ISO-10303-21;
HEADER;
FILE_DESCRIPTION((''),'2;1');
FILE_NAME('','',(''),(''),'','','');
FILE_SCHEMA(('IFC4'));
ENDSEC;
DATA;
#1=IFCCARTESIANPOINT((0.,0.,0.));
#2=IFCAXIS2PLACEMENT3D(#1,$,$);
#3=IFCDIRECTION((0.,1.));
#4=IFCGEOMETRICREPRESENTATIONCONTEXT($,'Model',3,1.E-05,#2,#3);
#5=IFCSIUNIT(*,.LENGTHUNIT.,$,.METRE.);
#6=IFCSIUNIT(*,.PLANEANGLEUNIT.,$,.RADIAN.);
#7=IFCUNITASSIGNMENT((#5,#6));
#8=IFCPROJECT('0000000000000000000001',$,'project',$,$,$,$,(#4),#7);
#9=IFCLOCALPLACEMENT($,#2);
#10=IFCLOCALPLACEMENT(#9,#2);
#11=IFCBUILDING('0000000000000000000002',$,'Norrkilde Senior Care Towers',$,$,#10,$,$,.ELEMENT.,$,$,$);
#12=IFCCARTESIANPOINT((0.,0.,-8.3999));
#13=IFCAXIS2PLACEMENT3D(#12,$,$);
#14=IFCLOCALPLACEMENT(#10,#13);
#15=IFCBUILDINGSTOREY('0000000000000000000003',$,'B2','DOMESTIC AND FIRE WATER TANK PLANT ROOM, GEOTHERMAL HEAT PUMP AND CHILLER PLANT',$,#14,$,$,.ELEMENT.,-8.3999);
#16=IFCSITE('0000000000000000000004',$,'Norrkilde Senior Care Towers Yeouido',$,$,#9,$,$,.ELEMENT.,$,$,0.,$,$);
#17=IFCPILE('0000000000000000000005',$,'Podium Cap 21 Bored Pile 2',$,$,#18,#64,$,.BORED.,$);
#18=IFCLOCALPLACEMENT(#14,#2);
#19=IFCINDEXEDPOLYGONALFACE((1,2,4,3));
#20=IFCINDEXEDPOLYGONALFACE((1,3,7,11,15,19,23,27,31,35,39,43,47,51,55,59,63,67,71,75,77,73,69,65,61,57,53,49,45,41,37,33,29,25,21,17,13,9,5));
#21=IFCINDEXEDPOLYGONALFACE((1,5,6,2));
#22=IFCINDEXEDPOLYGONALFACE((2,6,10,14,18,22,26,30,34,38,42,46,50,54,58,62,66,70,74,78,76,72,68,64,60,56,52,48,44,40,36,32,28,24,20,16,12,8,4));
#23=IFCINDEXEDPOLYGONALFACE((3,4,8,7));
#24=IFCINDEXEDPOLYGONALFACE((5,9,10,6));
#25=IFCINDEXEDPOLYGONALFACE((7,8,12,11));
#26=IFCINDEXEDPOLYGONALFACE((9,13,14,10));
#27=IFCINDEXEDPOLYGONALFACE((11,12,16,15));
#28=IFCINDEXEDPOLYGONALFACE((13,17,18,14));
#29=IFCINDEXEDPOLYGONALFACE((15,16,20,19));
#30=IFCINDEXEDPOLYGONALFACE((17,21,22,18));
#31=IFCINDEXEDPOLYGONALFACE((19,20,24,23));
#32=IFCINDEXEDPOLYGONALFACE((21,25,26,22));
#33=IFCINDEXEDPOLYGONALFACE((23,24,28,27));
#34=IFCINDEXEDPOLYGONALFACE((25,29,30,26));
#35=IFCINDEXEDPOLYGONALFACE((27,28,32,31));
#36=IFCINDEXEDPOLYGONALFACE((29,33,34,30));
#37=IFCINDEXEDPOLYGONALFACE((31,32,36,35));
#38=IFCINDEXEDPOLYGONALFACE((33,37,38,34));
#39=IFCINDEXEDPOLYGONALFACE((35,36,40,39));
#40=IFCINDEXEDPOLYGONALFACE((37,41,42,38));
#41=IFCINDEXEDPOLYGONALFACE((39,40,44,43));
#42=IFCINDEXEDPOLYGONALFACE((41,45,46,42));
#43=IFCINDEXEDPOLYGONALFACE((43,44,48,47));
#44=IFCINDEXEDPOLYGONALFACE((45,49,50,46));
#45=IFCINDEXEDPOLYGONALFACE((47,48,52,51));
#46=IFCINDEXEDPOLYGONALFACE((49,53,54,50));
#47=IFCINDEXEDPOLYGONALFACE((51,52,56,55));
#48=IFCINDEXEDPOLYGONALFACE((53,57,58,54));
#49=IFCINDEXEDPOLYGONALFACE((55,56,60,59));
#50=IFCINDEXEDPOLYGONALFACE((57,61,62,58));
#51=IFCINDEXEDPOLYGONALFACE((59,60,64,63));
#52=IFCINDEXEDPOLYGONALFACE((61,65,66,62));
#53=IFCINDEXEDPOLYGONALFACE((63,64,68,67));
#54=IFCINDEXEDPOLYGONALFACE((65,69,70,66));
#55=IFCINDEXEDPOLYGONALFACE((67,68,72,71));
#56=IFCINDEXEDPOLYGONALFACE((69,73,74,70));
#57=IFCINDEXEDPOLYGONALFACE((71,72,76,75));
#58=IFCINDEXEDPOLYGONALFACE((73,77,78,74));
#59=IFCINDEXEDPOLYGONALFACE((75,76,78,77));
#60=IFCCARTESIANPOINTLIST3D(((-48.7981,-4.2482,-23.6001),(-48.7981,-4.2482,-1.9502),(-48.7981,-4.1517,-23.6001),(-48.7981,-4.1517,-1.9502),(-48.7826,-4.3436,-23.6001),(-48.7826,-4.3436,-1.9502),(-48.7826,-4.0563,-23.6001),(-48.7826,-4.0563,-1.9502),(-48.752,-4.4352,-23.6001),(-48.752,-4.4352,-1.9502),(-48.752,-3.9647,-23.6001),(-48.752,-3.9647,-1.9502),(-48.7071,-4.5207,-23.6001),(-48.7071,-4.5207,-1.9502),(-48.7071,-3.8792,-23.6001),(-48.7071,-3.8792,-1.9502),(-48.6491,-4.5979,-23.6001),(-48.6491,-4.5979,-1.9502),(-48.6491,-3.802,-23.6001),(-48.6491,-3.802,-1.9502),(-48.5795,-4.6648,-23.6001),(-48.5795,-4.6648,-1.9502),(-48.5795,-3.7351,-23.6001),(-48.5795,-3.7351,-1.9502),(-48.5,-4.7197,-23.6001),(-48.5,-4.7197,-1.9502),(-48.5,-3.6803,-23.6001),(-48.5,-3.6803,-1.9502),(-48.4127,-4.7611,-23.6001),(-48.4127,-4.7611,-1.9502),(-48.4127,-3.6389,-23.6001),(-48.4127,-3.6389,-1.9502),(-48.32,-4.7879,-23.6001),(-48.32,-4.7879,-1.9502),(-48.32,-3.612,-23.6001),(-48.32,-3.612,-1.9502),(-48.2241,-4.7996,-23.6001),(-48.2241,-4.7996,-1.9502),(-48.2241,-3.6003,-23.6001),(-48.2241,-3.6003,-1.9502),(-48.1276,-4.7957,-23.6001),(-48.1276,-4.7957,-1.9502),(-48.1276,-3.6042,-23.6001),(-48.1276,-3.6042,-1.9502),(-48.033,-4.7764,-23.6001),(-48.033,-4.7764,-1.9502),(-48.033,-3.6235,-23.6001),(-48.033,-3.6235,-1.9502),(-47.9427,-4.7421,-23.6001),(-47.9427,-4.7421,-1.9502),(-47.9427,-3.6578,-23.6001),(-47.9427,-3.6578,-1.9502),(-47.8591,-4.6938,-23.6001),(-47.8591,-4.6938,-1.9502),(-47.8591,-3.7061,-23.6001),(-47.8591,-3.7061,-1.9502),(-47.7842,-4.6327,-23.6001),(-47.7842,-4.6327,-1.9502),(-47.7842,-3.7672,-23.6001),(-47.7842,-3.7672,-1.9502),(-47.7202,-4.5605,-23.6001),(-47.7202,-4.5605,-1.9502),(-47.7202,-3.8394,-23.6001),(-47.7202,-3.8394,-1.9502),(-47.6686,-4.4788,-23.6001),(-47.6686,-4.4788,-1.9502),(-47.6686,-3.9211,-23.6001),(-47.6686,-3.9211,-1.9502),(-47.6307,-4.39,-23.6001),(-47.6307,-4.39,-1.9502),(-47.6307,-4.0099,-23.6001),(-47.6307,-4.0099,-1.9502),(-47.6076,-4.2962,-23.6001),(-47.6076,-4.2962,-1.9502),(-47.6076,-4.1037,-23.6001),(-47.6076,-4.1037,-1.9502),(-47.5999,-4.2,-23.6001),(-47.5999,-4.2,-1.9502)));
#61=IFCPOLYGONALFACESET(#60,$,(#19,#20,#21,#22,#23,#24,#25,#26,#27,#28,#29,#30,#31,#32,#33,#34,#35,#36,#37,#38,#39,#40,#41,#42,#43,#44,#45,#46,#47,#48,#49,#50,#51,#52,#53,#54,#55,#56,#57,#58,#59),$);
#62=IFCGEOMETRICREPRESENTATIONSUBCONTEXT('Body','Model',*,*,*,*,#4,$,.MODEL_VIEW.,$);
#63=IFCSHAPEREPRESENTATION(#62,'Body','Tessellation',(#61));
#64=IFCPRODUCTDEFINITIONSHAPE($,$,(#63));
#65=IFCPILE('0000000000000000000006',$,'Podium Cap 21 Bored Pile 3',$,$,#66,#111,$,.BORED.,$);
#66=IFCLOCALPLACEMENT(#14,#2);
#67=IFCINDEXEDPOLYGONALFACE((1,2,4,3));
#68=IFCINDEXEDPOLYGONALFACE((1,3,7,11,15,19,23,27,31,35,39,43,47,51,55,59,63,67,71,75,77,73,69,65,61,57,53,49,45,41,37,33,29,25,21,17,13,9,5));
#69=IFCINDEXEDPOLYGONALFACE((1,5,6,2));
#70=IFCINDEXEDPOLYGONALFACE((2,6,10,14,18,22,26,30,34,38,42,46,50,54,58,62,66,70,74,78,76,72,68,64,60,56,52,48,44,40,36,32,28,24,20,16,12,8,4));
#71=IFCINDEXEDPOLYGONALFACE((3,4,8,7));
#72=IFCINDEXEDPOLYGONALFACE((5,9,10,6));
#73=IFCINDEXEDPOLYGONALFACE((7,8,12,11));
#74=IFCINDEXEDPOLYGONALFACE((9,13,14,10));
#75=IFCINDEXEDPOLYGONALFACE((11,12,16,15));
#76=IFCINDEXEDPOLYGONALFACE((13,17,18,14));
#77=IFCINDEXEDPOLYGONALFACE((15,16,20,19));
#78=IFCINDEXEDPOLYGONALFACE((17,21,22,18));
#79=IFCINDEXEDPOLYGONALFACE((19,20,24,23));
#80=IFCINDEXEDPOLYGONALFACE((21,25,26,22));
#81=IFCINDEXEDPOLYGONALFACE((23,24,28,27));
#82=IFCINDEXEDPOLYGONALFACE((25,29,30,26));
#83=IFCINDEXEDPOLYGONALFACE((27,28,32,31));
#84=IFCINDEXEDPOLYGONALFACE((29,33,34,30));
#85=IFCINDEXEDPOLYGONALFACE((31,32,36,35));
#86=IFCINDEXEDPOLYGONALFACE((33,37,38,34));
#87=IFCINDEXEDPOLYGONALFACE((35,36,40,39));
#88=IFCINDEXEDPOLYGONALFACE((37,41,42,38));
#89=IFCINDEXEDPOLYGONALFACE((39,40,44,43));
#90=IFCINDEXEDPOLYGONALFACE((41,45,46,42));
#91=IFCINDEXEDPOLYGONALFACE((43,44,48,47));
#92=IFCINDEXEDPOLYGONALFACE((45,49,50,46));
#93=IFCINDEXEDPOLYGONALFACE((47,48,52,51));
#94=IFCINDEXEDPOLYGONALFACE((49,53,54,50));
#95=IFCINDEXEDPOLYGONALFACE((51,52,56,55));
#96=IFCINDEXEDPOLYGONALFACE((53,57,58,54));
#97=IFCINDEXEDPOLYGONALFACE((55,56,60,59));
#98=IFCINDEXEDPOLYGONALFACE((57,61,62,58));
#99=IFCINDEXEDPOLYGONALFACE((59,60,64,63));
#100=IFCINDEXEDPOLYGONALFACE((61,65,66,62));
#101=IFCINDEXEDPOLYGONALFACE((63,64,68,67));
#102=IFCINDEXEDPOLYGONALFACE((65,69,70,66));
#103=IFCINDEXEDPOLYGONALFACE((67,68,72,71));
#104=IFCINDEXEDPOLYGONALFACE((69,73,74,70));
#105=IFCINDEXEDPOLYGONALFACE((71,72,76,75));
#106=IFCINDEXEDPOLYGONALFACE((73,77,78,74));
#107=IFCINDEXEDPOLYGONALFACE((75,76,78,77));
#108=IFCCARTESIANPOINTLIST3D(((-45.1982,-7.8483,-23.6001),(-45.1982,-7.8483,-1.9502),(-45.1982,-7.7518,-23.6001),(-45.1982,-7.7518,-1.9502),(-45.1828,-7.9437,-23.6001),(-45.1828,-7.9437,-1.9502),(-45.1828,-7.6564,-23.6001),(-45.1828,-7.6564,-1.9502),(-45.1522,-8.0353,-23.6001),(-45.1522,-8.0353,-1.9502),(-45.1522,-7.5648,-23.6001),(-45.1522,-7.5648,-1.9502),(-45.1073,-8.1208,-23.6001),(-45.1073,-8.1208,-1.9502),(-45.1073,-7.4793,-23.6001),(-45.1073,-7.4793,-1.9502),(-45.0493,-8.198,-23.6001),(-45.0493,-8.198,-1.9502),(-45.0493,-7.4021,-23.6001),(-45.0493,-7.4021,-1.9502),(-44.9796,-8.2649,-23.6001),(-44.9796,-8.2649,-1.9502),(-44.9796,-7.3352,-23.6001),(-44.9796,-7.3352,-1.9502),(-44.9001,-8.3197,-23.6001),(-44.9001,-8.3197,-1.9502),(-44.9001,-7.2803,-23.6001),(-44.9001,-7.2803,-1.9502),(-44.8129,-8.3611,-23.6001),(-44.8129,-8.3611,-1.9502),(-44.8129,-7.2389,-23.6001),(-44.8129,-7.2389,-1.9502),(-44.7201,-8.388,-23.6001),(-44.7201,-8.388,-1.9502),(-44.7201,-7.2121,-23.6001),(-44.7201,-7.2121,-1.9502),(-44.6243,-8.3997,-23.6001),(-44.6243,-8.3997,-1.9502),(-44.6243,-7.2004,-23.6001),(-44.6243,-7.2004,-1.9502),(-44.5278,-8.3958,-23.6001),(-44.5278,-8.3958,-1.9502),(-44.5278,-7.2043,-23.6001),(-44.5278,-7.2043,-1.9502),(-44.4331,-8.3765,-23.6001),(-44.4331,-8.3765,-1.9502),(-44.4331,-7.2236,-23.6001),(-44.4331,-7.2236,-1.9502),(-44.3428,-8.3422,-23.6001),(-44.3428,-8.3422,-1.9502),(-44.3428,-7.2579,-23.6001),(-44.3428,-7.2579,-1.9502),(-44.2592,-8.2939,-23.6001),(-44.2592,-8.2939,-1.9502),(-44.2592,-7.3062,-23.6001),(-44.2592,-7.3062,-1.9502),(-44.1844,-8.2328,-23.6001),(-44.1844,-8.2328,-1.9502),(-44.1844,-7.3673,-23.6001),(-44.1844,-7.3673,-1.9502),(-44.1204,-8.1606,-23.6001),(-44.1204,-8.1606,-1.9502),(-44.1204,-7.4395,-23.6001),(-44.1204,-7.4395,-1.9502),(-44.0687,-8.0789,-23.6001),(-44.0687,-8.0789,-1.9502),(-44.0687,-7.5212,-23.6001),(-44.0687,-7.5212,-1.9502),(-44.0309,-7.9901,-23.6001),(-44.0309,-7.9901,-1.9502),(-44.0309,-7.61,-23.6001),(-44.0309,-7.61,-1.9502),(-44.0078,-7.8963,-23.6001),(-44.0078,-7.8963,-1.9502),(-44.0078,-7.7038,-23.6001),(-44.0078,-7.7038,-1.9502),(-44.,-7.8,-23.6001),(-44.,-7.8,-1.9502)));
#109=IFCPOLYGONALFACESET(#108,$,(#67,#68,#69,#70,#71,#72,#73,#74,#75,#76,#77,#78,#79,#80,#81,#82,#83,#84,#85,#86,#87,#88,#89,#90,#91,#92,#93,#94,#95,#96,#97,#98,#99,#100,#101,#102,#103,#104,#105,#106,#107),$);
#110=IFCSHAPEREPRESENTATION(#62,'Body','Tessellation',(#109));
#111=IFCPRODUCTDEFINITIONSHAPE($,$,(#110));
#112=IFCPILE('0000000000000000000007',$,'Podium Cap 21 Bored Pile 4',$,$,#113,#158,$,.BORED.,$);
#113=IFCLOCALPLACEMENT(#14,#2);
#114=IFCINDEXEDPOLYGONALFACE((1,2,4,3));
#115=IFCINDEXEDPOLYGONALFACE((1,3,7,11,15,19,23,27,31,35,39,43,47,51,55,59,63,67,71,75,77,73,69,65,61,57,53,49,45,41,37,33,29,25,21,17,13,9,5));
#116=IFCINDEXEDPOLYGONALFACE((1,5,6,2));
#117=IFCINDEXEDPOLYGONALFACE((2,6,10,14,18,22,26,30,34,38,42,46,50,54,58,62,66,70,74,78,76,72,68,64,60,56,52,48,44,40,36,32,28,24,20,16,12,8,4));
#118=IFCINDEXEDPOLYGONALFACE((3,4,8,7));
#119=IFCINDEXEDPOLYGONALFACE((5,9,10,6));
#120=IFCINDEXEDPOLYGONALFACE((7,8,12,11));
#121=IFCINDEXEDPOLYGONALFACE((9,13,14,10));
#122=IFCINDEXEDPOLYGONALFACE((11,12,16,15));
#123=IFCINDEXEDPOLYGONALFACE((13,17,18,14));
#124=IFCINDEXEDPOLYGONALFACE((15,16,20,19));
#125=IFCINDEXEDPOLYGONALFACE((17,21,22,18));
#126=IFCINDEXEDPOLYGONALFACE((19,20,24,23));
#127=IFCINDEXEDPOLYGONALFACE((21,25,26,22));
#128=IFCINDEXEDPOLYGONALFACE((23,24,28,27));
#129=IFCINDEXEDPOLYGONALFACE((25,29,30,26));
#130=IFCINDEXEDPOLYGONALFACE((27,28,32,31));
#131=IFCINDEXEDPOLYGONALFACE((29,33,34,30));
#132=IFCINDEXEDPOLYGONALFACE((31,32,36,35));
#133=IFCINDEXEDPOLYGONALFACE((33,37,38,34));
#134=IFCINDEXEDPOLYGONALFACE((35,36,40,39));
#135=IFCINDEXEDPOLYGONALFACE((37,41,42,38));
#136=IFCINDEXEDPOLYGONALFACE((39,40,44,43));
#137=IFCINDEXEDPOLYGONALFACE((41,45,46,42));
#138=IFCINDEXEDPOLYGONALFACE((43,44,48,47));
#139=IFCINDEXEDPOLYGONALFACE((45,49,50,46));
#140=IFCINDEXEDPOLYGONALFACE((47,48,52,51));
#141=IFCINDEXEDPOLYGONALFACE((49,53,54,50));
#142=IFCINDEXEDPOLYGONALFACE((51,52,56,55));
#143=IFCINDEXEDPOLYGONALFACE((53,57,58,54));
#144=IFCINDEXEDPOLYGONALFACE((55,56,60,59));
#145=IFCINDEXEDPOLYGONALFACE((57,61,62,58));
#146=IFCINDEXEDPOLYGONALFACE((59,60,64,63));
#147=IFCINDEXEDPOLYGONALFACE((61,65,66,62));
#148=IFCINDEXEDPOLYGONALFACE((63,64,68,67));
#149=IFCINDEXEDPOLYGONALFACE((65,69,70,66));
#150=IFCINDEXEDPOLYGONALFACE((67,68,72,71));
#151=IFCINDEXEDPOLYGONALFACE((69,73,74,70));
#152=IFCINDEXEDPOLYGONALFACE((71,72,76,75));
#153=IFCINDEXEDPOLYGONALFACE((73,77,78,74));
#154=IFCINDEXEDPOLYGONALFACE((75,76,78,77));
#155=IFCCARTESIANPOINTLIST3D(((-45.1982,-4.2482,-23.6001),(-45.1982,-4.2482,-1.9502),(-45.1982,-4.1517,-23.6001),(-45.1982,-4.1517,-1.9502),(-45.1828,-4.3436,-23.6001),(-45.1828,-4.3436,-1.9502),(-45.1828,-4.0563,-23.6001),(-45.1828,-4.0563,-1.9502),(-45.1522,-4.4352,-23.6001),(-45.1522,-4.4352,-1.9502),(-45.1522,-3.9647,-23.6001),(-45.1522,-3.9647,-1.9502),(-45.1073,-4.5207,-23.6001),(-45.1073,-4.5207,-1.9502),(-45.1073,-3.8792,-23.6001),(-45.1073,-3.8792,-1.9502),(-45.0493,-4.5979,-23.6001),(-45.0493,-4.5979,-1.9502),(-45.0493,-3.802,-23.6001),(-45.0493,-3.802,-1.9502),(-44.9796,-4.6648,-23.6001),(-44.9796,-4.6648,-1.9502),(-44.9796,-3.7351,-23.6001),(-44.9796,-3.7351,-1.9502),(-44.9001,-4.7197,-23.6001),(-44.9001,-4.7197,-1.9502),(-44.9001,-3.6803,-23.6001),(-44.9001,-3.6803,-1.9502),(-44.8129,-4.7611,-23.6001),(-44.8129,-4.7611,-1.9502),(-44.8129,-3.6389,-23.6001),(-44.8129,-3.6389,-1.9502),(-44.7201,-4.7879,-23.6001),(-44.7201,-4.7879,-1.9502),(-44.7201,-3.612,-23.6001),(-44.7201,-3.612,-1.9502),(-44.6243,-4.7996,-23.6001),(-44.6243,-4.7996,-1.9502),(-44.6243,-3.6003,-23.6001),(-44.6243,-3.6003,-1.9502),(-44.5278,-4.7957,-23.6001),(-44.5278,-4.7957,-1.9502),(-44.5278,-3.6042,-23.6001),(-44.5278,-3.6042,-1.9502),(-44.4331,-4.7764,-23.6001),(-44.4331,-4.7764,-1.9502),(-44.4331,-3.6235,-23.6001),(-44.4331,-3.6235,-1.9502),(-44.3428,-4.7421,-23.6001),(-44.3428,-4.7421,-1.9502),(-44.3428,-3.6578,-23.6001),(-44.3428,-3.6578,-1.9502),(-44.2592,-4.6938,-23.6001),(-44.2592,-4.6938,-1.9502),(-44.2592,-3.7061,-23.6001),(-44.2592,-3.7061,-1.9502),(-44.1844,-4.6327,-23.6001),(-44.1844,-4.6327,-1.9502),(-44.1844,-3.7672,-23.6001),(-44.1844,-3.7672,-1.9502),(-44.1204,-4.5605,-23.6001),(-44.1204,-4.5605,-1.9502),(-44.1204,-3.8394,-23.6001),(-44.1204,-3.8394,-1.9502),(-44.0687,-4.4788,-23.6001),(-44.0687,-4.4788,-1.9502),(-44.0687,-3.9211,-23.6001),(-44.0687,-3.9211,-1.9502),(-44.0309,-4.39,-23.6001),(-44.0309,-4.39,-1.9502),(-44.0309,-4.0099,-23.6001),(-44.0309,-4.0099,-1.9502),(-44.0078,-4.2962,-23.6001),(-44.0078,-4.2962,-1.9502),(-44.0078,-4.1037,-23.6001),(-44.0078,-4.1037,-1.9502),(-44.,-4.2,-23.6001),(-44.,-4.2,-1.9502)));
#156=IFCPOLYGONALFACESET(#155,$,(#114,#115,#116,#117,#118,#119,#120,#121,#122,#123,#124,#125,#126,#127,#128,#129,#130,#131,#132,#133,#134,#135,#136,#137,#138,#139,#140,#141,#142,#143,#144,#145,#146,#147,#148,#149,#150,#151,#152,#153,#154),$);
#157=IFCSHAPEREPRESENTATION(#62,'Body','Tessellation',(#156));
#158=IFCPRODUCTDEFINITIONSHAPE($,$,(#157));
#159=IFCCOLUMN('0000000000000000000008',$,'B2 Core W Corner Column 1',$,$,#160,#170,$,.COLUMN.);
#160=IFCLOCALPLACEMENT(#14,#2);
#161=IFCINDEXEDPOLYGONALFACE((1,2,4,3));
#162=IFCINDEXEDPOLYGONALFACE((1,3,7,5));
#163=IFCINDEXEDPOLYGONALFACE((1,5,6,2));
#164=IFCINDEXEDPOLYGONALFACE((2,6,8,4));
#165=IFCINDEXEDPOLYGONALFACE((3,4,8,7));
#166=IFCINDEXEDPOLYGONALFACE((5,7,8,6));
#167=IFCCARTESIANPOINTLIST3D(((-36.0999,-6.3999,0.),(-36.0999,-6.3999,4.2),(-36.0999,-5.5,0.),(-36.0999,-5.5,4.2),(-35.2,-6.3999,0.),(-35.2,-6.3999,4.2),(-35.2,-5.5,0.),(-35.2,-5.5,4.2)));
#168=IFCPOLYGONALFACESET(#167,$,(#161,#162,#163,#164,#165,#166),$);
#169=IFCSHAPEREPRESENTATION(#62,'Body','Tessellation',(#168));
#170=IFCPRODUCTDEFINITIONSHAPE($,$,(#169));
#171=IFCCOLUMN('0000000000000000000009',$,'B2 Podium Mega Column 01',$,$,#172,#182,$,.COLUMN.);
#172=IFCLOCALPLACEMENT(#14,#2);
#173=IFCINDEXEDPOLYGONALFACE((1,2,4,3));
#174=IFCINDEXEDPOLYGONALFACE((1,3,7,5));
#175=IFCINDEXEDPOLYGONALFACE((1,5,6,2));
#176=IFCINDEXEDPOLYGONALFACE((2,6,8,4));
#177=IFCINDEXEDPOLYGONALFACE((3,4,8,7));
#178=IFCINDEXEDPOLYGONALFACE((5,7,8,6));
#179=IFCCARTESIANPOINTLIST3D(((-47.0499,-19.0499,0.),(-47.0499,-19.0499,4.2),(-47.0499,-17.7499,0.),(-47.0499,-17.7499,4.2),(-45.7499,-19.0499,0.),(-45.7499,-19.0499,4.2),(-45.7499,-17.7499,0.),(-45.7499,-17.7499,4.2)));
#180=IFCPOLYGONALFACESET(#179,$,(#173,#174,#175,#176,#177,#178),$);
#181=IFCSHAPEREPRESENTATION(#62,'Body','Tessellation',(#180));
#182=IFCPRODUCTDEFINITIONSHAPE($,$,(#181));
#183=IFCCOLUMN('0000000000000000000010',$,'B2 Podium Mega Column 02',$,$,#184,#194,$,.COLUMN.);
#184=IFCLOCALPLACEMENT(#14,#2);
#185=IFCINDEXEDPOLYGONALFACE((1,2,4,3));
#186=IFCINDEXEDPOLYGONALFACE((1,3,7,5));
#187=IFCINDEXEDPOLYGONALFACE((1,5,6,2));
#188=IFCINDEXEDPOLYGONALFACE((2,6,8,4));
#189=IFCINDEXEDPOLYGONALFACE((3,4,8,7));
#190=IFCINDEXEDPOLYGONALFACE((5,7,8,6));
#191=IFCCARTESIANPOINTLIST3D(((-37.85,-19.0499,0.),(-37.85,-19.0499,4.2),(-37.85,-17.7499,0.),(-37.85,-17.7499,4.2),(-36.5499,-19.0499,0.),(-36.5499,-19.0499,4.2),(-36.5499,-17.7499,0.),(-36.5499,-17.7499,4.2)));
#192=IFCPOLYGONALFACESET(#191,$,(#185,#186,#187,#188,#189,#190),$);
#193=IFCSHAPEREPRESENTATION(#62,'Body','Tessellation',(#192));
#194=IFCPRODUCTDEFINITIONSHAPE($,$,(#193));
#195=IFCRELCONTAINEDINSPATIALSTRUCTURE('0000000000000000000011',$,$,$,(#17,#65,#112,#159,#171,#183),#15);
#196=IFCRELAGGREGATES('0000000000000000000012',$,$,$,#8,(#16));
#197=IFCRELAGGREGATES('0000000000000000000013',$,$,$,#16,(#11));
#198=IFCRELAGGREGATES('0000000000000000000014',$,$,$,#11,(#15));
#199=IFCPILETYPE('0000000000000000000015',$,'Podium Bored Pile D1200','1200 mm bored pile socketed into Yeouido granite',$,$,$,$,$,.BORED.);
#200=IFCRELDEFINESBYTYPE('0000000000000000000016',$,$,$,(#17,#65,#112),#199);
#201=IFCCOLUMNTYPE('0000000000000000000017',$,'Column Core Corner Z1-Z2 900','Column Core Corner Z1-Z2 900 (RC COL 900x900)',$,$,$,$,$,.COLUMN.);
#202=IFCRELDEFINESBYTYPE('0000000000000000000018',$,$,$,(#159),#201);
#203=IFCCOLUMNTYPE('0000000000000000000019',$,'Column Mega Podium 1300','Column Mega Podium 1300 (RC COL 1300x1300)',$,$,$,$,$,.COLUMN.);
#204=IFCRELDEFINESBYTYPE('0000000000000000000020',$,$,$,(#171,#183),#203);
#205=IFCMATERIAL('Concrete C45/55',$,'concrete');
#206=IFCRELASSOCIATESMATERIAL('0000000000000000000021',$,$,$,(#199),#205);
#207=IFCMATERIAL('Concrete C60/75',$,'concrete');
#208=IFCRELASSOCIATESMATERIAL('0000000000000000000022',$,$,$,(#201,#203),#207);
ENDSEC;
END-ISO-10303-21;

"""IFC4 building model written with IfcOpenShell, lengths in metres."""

from ifc_helpers import new_model, si_unit, direction, frame, origin, origin_2d, place, context, subcontext, project, spatial, rectangle, circle, extrude, source, transform, mapped, material, material_profile, profile_set, type_object, type_shapes, element, save


model = new_model("IFC4")

# Units and contexts
model_context = context("Model", 3, precision=1e-05, world=origin(), true_north=direction((0.0, 1.0)))
body_context = subcontext(model_context, "Body", "Model", "MODEL_VIEW")
ifc_project = project(units=[si_unit("LENGTHUNIT", "METRE"), si_unit("PLANEANGLEUNIT", "RADIAN")], contexts=[model_context])

# Site, building, storey
site_placement = place(None, origin())
site = spatial("IfcSite", under=ifc_project, at=site_placement, Name="Norrkilde Senior Care Towers Yeouido", CompositionType="ELEMENT", RefElevation=0.0)
building_placement = place(site_placement, origin())
building = spatial("IfcBuilding", under=site, at=building_placement, Name="Norrkilde Senior Care Towers", CompositionType="ELEMENT")
storey_placement = place(building_placement, frame((0.0, 0.0, -8.3999)))
storey = spatial("IfcBuildingStorey", under=building, at=storey_placement, Name="B2", Description="DOMESTIC AND FIRE WATER TANK PLANT ROOM, GEOTHERMAL HEAT PUMP AND CHILLER PLANT", CompositionType="ELEMENT", Elevation=-8.3999)

# Piles
ifc_material_1 = material(Name="Concrete C45/55", Category="concrete")
ifc_material_profile_1 = material_profile(ifc_material_1, circle(Radius=0.6001, at=origin_2d()), Name="BORED PILE 1200")
ifc_profile_set_1 = profile_set([ifc_material_profile_1], Name="Concrete C45/55")
pile_type_1 = type_object("IfcPileType", Name="Podium Bored Pile D1200", Description="1200 mm bored pile socketed into Yeouido granite", PredefinedType="BORED", material=ifc_profile_set_1)
shared_shape_1 = source(origin(), body_context, "Body", "SweptSolid", [
    extrude(circle(Radius=0.6001, at=origin_2d()), origin(), (0.0, 0.0, 1.0), 21.6499),
])
for number, where, z_axis, x_axis, name in (
    (1, (-48.2, -4.2, -1.9502), (0.0, 0.0, -1.0), (1.0, 0.0, 0.0), "Podium Cap 21 Bored Pile 2"),
    (2, (-44.6001, -7.8, -1.9502), (0.0, 0.0, -1.0), (1.0, 0.0, 0.0), "Podium Cap 21 Bored Pile 3"),
    (3, (-44.6001, -4.2, -1.9502), (0.0, 0.0, -1.0), (1.0, 0.0, 0.0), "Podium Cap 21 Bored Pile 4"),
):
    element("IfcPile", number, at=place(storey_placement, frame(where, z_axis=z_axis, x_axis=x_axis)), inside=storey, type_object=pile_type_1, Name=name, PredefinedType="BORED", context=body_context, shape_type="MappedRepresentation", body=[
        mapped(shared_shape_1, transform((0.0, 0.0, 0.0), x_axis=(1.0, 0.0, 0.0), y_axis=(0.0, 1.0, 0.0), z_axis=(0.0, 0.0, 1.0), scale=1.0)),
    ])

# Columns
ifc_material_2 = material(Name="Concrete C60/75", Category="concrete")
ifc_material_profile_2 = material_profile(ifc_material_2, rectangle(XDim=0.8999, YDim=0.8999, at=origin_2d()), Name="RC COL 900x900")
ifc_profile_set_2 = profile_set([ifc_material_profile_2], Name="Concrete C60/75")
column_type_1 = type_object("IfcColumnType", Name="Column Core Corner Z1-Z2 900", Description="Column Core Corner Z1-Z2 900 (RC COL 900x900)", PredefinedType="COLUMN", material=ifc_profile_set_2)
shared_shape_2 = source(origin(), body_context, "Body", "SweptSolid", [
    extrude(rectangle(XDim=0.8999, YDim=0.8999, at=origin_2d()), origin(), (0.0, 0.0, 1.0), 4.2),
])
type_shapes(column_type_1, [shared_shape_2])
column_placement = place(storey_placement, frame((-35.6499, -5.95, 0.0), z_axis=(0.0, 0.0, 1.0), x_axis=(1.0, 0.0, 0.0)))
element("IfcColumn", 4, at=column_placement, inside=storey, type_object=column_type_1, Name="B2 Core W Corner Column 1", PredefinedType="COLUMN", context=body_context, shape_type="MappedRepresentation", body=[
    mapped(shared_shape_2, transform((0.0, 0.0, 0.0), x_axis=(1.0, 0.0, 0.0), y_axis=(0.0, 1.0, 0.0), z_axis=(0.0, 0.0, 1.0), scale=1.0)),
])
ifc_material_profile_3 = material_profile(ifc_material_2, rectangle(XDim=1.3, YDim=1.3, at=origin_2d()), Name="RC COL 1300x1300")
ifc_profile_set_3 = profile_set([ifc_material_profile_3], Name="Concrete C60/75")
column_type_2 = type_object("IfcColumnType", Name="Column Mega Podium 1300", Description="Column Mega Podium 1300 (RC COL 1300x1300)", PredefinedType="COLUMN", material=ifc_profile_set_3)
shared_shape_3 = source(origin(), body_context, "Body", "SweptSolid", [
    extrude(rectangle(XDim=1.3, YDim=1.3, at=origin_2d()), origin(), (0.0, 0.0, 1.0), 4.2),
])
type_shapes(column_type_2, [shared_shape_3])
for number, where, z_axis, x_axis, name in (
    (5, (-46.3999, -18.3999, 0.0), (0.0, 0.0, 1.0), (1.0, 0.0, 0.0), "B2 Podium Mega Column 01"),
    (6, (-37.2, -18.3999, 0.0), (0.0, 0.0, 1.0), (1.0, 0.0, 0.0), "B2 Podium Mega Column 02"),
):
    element("IfcColumn", number, at=place(storey_placement, frame(where, z_axis=z_axis, x_axis=x_axis)), inside=storey, type_object=column_type_2, Name=name, PredefinedType="COLUMN", context=body_context, shape_type="MappedRepresentation", body=[
        mapped(shared_shape_3, transform((0.0, 0.0, 0.0), x_axis=(1.0, 0.0, 0.0), y_axis=(0.0, 1.0, 0.0), z_axis=(0.0, 0.0, 1.0), scale=1.0)),
    ])

save(model, "model.ifc")
